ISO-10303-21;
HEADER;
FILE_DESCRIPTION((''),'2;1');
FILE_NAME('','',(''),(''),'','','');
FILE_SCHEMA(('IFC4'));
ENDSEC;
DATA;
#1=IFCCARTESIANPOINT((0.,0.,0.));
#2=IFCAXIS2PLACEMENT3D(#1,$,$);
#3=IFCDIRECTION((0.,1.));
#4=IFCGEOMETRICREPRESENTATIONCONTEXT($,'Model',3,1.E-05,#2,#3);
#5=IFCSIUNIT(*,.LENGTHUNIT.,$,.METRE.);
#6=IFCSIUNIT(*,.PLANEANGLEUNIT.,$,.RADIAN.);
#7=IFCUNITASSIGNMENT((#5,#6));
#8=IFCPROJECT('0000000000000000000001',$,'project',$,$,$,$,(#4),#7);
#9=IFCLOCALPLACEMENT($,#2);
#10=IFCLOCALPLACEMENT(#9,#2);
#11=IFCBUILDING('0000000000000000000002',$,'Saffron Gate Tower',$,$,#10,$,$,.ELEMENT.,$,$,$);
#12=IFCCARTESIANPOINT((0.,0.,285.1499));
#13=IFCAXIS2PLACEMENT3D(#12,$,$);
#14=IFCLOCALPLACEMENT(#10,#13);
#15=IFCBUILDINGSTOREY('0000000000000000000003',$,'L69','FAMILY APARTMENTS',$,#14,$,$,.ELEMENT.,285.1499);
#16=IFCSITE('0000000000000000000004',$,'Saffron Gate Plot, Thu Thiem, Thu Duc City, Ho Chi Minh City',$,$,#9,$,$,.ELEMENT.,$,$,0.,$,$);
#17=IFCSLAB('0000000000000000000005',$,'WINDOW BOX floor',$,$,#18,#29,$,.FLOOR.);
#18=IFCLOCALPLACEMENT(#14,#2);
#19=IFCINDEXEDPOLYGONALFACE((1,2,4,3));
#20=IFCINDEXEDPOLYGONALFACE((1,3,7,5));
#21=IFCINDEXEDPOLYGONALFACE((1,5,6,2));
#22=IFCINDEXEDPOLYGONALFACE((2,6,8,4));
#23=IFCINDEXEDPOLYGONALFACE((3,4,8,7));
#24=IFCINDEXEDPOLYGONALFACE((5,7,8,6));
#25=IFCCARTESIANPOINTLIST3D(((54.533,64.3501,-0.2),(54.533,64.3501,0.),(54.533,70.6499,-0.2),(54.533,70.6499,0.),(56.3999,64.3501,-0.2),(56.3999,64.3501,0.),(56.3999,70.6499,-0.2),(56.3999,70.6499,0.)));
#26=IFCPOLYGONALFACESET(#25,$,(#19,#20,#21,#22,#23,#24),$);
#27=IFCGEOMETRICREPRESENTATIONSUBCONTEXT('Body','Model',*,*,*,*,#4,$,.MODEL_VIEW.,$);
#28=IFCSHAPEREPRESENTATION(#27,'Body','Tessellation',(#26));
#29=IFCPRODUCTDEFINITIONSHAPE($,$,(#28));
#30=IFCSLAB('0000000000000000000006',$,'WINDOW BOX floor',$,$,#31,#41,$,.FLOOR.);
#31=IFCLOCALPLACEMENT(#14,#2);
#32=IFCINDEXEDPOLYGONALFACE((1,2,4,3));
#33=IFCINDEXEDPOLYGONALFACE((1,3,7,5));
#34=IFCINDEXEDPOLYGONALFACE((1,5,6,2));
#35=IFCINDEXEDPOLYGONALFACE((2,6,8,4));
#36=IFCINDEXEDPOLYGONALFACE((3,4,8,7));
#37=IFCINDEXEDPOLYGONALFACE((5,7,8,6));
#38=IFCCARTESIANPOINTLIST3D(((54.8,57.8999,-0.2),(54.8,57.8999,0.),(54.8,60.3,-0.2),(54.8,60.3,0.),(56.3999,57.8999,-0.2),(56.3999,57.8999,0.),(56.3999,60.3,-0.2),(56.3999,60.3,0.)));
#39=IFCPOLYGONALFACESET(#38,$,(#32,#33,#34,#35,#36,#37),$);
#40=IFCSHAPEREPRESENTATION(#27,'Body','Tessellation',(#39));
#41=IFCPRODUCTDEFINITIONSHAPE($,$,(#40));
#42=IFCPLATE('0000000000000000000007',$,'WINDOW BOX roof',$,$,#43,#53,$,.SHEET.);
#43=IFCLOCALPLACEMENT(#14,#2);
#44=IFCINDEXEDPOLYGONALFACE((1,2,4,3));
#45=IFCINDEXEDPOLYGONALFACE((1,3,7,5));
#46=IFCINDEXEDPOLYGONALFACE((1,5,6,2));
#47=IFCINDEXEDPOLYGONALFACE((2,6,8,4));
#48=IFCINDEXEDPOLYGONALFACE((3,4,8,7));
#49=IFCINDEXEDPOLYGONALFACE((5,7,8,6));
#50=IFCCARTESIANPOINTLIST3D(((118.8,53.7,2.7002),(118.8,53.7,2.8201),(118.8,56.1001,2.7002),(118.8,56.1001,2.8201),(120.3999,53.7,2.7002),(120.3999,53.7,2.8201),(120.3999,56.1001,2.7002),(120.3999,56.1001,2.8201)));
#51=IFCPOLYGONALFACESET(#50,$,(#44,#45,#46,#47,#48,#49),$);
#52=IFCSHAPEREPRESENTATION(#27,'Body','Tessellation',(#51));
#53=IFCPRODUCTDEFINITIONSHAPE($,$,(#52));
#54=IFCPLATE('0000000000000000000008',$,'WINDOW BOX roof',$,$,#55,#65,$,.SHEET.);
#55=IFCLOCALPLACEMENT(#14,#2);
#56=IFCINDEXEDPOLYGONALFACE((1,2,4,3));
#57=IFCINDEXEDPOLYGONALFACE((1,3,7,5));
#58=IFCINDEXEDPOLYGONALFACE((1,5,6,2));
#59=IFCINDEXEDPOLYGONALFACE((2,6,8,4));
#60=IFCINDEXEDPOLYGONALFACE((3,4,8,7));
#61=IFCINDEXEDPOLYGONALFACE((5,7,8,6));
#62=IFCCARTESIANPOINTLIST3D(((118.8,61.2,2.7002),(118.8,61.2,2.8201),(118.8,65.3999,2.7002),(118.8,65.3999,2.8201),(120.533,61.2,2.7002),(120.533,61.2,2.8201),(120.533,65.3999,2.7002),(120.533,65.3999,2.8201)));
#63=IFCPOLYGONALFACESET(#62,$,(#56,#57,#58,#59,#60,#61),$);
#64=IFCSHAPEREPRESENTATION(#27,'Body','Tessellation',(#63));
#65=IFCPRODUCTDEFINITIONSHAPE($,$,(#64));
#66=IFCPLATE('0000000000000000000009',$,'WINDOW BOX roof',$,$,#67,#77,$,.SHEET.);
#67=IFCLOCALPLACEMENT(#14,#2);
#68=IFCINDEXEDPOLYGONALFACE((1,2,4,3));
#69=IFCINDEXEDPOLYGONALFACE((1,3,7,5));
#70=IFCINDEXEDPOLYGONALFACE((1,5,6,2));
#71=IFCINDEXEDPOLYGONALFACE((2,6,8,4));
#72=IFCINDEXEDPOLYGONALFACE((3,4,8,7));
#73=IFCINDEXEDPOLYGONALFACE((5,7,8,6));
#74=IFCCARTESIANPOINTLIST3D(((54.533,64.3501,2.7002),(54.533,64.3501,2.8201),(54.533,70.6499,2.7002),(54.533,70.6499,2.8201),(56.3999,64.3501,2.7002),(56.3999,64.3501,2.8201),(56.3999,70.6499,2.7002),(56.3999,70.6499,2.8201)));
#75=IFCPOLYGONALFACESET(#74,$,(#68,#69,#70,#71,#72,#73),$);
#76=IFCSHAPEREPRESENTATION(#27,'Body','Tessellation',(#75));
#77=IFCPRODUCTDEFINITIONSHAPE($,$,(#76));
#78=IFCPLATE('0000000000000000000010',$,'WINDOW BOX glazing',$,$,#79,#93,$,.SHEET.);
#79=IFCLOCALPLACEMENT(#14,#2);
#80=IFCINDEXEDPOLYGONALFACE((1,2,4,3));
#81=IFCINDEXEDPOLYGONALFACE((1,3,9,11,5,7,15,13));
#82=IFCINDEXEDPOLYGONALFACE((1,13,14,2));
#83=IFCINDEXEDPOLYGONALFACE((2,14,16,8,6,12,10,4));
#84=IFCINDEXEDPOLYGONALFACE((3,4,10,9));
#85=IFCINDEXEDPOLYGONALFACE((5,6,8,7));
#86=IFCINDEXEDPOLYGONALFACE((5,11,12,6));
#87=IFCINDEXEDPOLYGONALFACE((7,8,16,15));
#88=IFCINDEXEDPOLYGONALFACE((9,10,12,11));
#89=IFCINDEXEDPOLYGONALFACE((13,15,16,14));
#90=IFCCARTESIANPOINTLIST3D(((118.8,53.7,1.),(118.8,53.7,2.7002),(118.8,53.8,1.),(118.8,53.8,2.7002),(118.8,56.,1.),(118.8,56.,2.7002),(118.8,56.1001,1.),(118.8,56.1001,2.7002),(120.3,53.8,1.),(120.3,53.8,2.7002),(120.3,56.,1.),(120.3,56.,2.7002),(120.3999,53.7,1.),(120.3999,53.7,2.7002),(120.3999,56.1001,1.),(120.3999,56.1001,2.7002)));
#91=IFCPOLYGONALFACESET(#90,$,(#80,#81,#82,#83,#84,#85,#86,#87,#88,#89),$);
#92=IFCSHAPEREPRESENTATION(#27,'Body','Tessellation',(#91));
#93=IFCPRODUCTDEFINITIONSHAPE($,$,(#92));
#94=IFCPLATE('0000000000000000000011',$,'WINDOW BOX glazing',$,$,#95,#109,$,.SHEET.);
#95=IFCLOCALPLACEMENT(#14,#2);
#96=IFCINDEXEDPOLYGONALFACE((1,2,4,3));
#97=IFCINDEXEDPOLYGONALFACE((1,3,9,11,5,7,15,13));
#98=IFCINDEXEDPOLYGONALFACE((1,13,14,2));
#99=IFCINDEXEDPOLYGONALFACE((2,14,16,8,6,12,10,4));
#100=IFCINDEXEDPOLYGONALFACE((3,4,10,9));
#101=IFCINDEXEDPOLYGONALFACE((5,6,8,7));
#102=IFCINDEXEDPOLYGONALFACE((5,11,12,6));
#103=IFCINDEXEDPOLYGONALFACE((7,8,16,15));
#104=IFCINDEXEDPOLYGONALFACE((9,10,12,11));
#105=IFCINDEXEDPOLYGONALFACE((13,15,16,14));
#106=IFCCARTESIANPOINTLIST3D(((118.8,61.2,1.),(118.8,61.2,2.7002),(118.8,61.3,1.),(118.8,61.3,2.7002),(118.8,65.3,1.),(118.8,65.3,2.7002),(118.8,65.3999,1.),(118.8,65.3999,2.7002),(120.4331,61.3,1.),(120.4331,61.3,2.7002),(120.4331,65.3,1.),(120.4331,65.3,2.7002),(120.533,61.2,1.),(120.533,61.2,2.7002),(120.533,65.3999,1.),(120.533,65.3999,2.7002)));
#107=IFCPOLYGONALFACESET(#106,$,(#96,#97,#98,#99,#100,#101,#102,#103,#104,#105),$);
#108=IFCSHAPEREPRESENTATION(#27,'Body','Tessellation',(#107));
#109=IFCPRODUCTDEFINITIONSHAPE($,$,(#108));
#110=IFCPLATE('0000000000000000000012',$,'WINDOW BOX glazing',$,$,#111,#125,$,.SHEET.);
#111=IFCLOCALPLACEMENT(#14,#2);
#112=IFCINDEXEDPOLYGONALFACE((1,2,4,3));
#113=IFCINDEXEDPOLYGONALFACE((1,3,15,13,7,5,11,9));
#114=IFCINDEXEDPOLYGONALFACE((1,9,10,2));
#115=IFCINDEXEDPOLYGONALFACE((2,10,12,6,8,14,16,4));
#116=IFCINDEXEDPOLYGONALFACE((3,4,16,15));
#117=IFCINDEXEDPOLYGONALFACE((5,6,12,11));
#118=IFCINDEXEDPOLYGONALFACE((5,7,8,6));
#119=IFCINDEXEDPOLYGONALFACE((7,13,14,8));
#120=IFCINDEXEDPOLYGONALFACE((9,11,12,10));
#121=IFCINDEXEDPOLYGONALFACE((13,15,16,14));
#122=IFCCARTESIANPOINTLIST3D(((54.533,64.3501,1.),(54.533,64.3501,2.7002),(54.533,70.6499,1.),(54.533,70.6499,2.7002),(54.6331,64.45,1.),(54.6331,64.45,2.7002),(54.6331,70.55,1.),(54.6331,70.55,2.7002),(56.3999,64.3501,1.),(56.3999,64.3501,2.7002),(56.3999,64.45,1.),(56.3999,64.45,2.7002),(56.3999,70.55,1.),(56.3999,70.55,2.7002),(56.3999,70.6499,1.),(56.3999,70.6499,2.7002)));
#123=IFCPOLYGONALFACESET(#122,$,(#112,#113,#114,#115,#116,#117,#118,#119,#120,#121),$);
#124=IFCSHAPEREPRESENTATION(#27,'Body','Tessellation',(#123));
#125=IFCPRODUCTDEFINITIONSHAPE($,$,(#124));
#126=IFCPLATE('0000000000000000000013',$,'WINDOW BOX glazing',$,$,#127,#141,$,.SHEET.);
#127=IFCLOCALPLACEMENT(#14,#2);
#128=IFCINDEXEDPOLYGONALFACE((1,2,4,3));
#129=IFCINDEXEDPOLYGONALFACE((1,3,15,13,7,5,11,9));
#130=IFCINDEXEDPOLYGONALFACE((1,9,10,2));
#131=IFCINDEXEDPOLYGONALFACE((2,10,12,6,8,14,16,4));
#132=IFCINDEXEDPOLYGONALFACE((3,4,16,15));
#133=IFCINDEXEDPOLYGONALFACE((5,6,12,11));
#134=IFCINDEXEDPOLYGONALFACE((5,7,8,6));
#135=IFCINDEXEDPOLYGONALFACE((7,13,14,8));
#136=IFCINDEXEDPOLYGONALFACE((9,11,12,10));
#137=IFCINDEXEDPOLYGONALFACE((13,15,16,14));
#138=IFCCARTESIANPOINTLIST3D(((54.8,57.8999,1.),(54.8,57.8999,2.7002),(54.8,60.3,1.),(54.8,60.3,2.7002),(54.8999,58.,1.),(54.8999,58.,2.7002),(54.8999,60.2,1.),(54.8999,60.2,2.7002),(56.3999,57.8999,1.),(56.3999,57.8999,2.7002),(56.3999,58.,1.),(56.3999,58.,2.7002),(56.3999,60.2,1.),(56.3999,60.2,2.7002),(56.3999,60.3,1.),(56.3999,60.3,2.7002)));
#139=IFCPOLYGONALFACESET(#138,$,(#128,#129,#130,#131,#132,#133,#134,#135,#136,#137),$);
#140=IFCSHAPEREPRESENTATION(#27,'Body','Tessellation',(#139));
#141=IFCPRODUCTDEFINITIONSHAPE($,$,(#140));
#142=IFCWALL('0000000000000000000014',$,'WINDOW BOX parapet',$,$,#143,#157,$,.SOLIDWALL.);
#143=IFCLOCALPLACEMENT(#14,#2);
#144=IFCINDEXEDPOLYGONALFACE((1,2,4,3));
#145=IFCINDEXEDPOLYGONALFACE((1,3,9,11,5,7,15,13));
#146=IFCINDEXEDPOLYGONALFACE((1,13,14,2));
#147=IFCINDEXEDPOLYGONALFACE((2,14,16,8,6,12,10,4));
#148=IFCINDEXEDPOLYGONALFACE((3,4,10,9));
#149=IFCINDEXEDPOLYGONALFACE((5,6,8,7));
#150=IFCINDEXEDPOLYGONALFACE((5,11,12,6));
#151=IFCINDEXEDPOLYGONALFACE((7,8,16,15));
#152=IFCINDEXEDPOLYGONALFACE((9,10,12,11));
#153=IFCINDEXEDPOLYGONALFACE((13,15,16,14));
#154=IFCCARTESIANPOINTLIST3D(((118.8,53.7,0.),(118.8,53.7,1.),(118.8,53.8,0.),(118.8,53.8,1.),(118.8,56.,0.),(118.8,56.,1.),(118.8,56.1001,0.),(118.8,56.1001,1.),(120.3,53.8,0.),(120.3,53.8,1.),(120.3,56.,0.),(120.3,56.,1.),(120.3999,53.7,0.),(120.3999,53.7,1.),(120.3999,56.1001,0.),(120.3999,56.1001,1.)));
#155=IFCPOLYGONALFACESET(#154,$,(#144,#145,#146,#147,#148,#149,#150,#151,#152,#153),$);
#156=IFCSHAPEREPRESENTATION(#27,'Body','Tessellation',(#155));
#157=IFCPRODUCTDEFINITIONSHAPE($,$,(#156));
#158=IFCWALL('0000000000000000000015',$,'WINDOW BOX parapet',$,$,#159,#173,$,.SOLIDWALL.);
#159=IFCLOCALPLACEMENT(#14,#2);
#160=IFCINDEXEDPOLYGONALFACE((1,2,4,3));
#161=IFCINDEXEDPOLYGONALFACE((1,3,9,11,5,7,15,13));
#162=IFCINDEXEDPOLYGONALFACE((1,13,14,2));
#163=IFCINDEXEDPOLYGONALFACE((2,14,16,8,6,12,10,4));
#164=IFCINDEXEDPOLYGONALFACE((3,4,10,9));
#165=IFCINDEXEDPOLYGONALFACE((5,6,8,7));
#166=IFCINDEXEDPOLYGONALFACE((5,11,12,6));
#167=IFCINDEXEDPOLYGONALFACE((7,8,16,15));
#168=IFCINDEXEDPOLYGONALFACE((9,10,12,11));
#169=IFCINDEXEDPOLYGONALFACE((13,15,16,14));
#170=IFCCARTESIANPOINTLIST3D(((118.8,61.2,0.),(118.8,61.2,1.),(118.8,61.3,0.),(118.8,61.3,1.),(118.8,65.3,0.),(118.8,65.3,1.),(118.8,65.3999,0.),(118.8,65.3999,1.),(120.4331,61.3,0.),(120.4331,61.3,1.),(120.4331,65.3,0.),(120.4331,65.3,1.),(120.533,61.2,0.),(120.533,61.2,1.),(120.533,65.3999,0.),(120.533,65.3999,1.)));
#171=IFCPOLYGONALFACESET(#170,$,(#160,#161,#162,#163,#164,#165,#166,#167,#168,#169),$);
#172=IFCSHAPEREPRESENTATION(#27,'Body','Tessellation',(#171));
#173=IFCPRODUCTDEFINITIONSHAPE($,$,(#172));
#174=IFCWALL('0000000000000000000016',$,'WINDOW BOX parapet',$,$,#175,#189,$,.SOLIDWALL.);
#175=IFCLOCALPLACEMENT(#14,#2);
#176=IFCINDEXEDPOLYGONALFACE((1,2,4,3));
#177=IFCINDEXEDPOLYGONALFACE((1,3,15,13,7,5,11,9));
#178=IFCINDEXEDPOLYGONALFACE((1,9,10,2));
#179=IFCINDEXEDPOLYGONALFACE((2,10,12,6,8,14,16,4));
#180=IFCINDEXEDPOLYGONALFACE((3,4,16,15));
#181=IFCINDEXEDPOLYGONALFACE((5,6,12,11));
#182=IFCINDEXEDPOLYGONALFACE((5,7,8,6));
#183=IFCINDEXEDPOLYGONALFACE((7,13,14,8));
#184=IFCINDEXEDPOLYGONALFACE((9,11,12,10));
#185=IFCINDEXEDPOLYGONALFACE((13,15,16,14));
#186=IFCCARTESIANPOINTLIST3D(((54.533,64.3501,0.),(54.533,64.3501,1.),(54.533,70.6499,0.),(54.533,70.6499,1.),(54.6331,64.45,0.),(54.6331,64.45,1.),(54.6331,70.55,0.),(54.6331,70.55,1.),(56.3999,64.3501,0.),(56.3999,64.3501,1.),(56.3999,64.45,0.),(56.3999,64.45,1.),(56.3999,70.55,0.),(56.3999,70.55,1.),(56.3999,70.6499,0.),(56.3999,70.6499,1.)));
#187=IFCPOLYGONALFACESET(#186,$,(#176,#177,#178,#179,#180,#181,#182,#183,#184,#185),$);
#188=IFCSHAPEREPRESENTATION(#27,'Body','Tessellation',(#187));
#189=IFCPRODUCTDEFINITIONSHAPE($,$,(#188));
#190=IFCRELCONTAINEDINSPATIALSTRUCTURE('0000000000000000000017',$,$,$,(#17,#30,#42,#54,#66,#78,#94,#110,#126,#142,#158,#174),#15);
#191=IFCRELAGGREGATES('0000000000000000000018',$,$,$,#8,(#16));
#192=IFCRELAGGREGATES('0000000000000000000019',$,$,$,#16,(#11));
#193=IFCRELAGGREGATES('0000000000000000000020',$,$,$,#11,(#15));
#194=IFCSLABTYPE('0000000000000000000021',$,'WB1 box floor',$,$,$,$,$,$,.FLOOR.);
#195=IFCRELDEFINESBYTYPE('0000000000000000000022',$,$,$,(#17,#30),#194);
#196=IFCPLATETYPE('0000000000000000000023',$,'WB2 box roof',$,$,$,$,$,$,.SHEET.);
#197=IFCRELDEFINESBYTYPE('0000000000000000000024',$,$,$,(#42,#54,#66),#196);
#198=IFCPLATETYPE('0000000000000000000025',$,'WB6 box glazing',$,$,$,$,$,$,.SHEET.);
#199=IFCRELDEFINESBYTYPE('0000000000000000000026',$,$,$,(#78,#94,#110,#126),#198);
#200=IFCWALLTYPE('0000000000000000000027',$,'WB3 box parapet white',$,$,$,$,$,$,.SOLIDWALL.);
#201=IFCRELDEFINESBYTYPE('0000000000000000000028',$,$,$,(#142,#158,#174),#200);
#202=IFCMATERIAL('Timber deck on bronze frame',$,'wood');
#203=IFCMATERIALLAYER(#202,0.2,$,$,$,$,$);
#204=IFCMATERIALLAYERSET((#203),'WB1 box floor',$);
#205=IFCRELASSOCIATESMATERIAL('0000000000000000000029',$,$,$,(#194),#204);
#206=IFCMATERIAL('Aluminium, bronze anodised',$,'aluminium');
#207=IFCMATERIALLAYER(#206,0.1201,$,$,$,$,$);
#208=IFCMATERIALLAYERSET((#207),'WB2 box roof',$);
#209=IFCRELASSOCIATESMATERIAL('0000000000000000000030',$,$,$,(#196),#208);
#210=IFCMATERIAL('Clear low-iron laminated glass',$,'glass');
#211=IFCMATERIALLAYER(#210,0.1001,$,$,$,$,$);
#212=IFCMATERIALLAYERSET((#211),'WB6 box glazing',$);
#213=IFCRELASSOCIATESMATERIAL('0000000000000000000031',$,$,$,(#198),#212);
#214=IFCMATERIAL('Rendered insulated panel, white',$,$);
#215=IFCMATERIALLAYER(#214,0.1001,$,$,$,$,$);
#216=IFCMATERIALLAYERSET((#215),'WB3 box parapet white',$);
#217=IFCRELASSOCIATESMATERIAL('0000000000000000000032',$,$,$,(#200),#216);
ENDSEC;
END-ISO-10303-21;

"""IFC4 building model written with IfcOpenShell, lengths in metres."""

from ifc_helpers import new_model, si_unit, direction, frame, origin, place, context, subcontext, project, spatial, polyline, outline, extrude, material, layer, layer_set, type_object, element, save


model = new_model("IFC4")

# Units and contexts
model_context = context("Model", 3, precision=1e-05, world=origin(), true_north=direction((0.0, 1.0)))
body_context = subcontext(model_context, "Body", "Model", "MODEL_VIEW")
ifc_project = project(units=[si_unit("LENGTHUNIT", "METRE"), si_unit("PLANEANGLEUNIT", "RADIAN")], contexts=[model_context])

# Site, building, storey
site_placement = place(None, origin())
site = spatial("IfcSite", under=ifc_project, at=site_placement, Name="Saffron Gate Plot, Thu Thiem, Thu Duc City, Ho Chi Minh City", CompositionType="ELEMENT", RefElevation=0.0)
building_placement = place(site_placement, origin())
building = spatial("IfcBuilding", under=site, at=building_placement, Name="Saffron Gate Tower", CompositionType="ELEMENT")
storey_placement = place(building_placement, frame((0.0, 0.0, 285.1499)))
storey = spatial("IfcBuildingStorey", under=building, at=storey_placement, Name="L69", Description="FAMILY APARTMENTS", CompositionType="ELEMENT", Elevation=285.1499)

# Slabs
ifc_material_1 = material(Name="Timber deck on bronze frame", Category="wood")
ifc_layer_1 = layer(ifc_material_1, 0.2)
ifc_layer_set_1 = layer_set([ifc_layer_1], Name="WB1 box floor")
slab_type_1 = type_object("IfcSlabType", Name="WB1 box floor", PredefinedType="FLOOR", material=ifc_layer_set_1)
slab_1_placement = place(storey_placement, frame((0.0, 0.0, -0.2)))
element("IfcSlab", 1, at=slab_1_placement, inside=storey, type_object=slab_type_1, Name="WINDOW BOX floor", PredefinedType="FLOOR", context=body_context, shape_type="SweptSolid", body=[
    extrude(outline(polyline([(56.3999, 70.6499), (56.3999, 64.3501), (54.533, 64.3501), (54.533, 70.6499), (56.3999, 70.6499)])), origin(), (0.0, 0.0, 1.0), 0.2),
])
slab_2_placement = place(storey_placement, frame((0.0, 0.0, -0.2)))
element("IfcSlab", 2, at=slab_2_placement, inside=storey, type_object=slab_type_1, Name="WINDOW BOX floor", PredefinedType="FLOOR", context=body_context, shape_type="SweptSolid", body=[
    extrude(outline(polyline([(56.3999, 60.3), (56.3999, 57.8999), (54.8, 57.8999), (54.8, 60.3), (56.3999, 60.3)])), origin(), (0.0, 0.0, 1.0), 0.2),
])

# Plates
ifc_material_2 = material(Name="Aluminium, bronze anodised", Category="aluminium")
ifc_layer_2 = layer(ifc_material_2, 0.1201)
ifc_layer_set_2 = layer_set([ifc_layer_2], Name="WB2 box roof")
plate_type_1 = type_object("IfcPlateType", Name="WB2 box roof", PredefinedType="SHEET", material=ifc_layer_set_2)
plate_1_placement = place(storey_placement, frame((0.0, 0.0, 2.7002)))
element("IfcPlate", 3, at=plate_1_placement, inside=storey, type_object=plate_type_1, Name="WINDOW BOX roof", PredefinedType="SHEET", context=body_context, shape_type="SweptSolid", body=[
    extrude(outline(polyline([(118.8, 53.7), (118.8, 56.1001), (120.3999, 56.1001), (120.3999, 53.7), (118.8, 53.7)])), origin(), (0.0, 0.0, 1.0), 0.1199),
])
plate_2_placement = place(storey_placement, frame((0.0, 0.0, 2.7002)))
element("IfcPlate", 4, at=plate_2_placement, inside=storey, type_object=plate_type_1, Name="WINDOW BOX roof", PredefinedType="SHEET", context=body_context, shape_type="SweptSolid", body=[
    extrude(outline(polyline([(118.8, 61.2), (118.8, 65.3999), (120.533, 65.3999), (120.533, 61.2), (118.8, 61.2)])), origin(), (0.0, 0.0, 1.0), 0.1199),
])
plate_3_placement = place(storey_placement, frame((0.0, 0.0, 2.7002)))
element("IfcPlate", 5, at=plate_3_placement, inside=storey, type_object=plate_type_1, Name="WINDOW BOX roof", PredefinedType="SHEET", context=body_context, shape_type="SweptSolid", body=[
    extrude(outline(polyline([(56.3999, 70.6499), (56.3999, 64.3501), (54.533, 64.3501), (54.533, 70.6499), (56.3999, 70.6499)])), origin(), (0.0, 0.0, 1.0), 0.1199),
])
ifc_material_3 = material(Name="Clear low-iron laminated glass", Category="glass")
ifc_layer_3 = layer(ifc_material_3, 0.1001)
ifc_layer_set_3 = layer_set([ifc_layer_3], Name="WB6 box glazing")
plate_type_2 = type_object("IfcPlateType", Name="WB6 box glazing", PredefinedType="SHEET", material=ifc_layer_set_3)
plate_4_placement = place(storey_placement, frame((0.0, 0.0, 1.0)))
element("IfcPlate", 6, at=plate_4_placement, inside=storey, type_object=plate_type_2, Name="WINDOW BOX glazing", PredefinedType="SHEET", context=body_context, shape_type="SweptSolid", body=[
    extrude(outline(polyline([(118.8, 53.7), (118.8, 53.8), (120.3, 53.8), (120.3, 56.0), (118.8, 56.0), (118.8, 56.1001), (120.3999, 56.1001), (120.3999, 53.7), (118.8, 53.7)])), origin(), (0.0, 0.0, 1.0), 1.7002),
])
plate_5_placement = place(storey_placement, frame((0.0, 0.0, 1.0)))
element("IfcPlate", 7, at=plate_5_placement, inside=storey, type_object=plate_type_2, Name="WINDOW BOX glazing", PredefinedType="SHEET", context=body_context, shape_type="SweptSolid", body=[
    extrude(outline(polyline([(118.8, 61.2), (118.8, 61.3), (120.4331, 61.3), (120.4331, 65.3), (118.8, 65.3), (118.8, 65.3999), (120.533, 65.3999), (120.533, 61.2), (118.8, 61.2)])), origin(), (0.0, 0.0, 1.0), 1.7002),
])
plate_6_placement = place(storey_placement, frame((0.0, 0.0, 1.0)))
element("IfcPlate", 8, at=plate_6_placement, inside=storey, type_object=plate_type_2, Name="WINDOW BOX glazing", PredefinedType="SHEET", context=body_context, shape_type="SweptSolid", body=[
    extrude(outline(polyline([(56.3999, 70.6499), (56.3999, 70.55), (54.6331, 70.55), (54.6331, 64.45), (56.3999, 64.45), (56.3999, 64.3501), (54.533, 64.3501), (54.533, 70.6499), (56.3999, 70.6499)])), origin(), (0.0, 0.0, 1.0), 1.7002),
])
plate_7_placement = place(storey_placement, frame((0.0, 0.0, 1.0)))
element("IfcPlate", 9, at=plate_7_placement, inside=storey, type_object=plate_type_2, Name="WINDOW BOX glazing", PredefinedType="SHEET", context=body_context, shape_type="SweptSolid", body=[
    extrude(outline(polyline([(56.3999, 60.3), (56.3999, 60.2), (54.8999, 60.2), (54.8999, 58.0), (56.3999, 58.0), (56.3999, 57.8999), (54.8, 57.8999), (54.8, 60.3), (56.3999, 60.3)])), origin(), (0.0, 0.0, 1.0), 1.7002),
])

# Walls
ifc_material_4 = material(Name="Rendered insulated panel, white")
ifc_layer_4 = layer(ifc_material_4, 0.1001)
ifc_layer_set_4 = layer_set([ifc_layer_4], Name="WB3 box parapet white")
wall_type = type_object("IfcWallType", Name="WB3 box parapet white", PredefinedType="SOLIDWALL", material=ifc_layer_set_4)
wall_1_placement = place(storey_placement, origin())
element("IfcWall", 10, at=wall_1_placement, inside=storey, type_object=wall_type, Name="WINDOW BOX parapet", PredefinedType="SOLIDWALL", context=body_context, shape_type="SweptSolid", body=[
    extrude(outline(polyline([(118.8, 53.7), (118.8, 53.8), (120.3, 53.8), (120.3, 56.0), (118.8, 56.0), (118.8, 56.1001), (120.3999, 56.1001), (120.3999, 53.7), (118.8, 53.7)])), origin(), (0.0, 0.0, 1.0), 1.0),
])
wall_2_placement = place(storey_placement, origin())
element("IfcWall", 11, at=wall_2_placement, inside=storey, type_object=wall_type, Name="WINDOW BOX parapet", PredefinedType="SOLIDWALL", context=body_context, shape_type="SweptSolid", body=[
    extrude(outline(polyline([(118.8, 61.2), (118.8, 61.3), (120.4331, 61.3), (120.4331, 65.3), (118.8, 65.3), (118.8, 65.3999), (120.533, 65.3999), (120.533, 61.2), (118.8, 61.2)])), origin(), (0.0, 0.0, 1.0), 1.0),
])
wall_3_placement = place(storey_placement, origin())
element("IfcWall", 12, at=wall_3_placement, inside=storey, type_object=wall_type, Name="WINDOW BOX parapet", PredefinedType="SOLIDWALL", context=body_context, shape_type="SweptSolid", body=[
    extrude(outline(polyline([(56.3999, 70.6499), (56.3999, 70.55), (54.6331, 70.55), (54.6331, 64.45), (56.3999, 64.45), (56.3999, 64.3501), (54.533, 64.3501), (54.533, 70.6499), (56.3999, 70.6499)])), origin(), (0.0, 0.0, 1.0), 1.0),
])

save(model, "model.ifc")
